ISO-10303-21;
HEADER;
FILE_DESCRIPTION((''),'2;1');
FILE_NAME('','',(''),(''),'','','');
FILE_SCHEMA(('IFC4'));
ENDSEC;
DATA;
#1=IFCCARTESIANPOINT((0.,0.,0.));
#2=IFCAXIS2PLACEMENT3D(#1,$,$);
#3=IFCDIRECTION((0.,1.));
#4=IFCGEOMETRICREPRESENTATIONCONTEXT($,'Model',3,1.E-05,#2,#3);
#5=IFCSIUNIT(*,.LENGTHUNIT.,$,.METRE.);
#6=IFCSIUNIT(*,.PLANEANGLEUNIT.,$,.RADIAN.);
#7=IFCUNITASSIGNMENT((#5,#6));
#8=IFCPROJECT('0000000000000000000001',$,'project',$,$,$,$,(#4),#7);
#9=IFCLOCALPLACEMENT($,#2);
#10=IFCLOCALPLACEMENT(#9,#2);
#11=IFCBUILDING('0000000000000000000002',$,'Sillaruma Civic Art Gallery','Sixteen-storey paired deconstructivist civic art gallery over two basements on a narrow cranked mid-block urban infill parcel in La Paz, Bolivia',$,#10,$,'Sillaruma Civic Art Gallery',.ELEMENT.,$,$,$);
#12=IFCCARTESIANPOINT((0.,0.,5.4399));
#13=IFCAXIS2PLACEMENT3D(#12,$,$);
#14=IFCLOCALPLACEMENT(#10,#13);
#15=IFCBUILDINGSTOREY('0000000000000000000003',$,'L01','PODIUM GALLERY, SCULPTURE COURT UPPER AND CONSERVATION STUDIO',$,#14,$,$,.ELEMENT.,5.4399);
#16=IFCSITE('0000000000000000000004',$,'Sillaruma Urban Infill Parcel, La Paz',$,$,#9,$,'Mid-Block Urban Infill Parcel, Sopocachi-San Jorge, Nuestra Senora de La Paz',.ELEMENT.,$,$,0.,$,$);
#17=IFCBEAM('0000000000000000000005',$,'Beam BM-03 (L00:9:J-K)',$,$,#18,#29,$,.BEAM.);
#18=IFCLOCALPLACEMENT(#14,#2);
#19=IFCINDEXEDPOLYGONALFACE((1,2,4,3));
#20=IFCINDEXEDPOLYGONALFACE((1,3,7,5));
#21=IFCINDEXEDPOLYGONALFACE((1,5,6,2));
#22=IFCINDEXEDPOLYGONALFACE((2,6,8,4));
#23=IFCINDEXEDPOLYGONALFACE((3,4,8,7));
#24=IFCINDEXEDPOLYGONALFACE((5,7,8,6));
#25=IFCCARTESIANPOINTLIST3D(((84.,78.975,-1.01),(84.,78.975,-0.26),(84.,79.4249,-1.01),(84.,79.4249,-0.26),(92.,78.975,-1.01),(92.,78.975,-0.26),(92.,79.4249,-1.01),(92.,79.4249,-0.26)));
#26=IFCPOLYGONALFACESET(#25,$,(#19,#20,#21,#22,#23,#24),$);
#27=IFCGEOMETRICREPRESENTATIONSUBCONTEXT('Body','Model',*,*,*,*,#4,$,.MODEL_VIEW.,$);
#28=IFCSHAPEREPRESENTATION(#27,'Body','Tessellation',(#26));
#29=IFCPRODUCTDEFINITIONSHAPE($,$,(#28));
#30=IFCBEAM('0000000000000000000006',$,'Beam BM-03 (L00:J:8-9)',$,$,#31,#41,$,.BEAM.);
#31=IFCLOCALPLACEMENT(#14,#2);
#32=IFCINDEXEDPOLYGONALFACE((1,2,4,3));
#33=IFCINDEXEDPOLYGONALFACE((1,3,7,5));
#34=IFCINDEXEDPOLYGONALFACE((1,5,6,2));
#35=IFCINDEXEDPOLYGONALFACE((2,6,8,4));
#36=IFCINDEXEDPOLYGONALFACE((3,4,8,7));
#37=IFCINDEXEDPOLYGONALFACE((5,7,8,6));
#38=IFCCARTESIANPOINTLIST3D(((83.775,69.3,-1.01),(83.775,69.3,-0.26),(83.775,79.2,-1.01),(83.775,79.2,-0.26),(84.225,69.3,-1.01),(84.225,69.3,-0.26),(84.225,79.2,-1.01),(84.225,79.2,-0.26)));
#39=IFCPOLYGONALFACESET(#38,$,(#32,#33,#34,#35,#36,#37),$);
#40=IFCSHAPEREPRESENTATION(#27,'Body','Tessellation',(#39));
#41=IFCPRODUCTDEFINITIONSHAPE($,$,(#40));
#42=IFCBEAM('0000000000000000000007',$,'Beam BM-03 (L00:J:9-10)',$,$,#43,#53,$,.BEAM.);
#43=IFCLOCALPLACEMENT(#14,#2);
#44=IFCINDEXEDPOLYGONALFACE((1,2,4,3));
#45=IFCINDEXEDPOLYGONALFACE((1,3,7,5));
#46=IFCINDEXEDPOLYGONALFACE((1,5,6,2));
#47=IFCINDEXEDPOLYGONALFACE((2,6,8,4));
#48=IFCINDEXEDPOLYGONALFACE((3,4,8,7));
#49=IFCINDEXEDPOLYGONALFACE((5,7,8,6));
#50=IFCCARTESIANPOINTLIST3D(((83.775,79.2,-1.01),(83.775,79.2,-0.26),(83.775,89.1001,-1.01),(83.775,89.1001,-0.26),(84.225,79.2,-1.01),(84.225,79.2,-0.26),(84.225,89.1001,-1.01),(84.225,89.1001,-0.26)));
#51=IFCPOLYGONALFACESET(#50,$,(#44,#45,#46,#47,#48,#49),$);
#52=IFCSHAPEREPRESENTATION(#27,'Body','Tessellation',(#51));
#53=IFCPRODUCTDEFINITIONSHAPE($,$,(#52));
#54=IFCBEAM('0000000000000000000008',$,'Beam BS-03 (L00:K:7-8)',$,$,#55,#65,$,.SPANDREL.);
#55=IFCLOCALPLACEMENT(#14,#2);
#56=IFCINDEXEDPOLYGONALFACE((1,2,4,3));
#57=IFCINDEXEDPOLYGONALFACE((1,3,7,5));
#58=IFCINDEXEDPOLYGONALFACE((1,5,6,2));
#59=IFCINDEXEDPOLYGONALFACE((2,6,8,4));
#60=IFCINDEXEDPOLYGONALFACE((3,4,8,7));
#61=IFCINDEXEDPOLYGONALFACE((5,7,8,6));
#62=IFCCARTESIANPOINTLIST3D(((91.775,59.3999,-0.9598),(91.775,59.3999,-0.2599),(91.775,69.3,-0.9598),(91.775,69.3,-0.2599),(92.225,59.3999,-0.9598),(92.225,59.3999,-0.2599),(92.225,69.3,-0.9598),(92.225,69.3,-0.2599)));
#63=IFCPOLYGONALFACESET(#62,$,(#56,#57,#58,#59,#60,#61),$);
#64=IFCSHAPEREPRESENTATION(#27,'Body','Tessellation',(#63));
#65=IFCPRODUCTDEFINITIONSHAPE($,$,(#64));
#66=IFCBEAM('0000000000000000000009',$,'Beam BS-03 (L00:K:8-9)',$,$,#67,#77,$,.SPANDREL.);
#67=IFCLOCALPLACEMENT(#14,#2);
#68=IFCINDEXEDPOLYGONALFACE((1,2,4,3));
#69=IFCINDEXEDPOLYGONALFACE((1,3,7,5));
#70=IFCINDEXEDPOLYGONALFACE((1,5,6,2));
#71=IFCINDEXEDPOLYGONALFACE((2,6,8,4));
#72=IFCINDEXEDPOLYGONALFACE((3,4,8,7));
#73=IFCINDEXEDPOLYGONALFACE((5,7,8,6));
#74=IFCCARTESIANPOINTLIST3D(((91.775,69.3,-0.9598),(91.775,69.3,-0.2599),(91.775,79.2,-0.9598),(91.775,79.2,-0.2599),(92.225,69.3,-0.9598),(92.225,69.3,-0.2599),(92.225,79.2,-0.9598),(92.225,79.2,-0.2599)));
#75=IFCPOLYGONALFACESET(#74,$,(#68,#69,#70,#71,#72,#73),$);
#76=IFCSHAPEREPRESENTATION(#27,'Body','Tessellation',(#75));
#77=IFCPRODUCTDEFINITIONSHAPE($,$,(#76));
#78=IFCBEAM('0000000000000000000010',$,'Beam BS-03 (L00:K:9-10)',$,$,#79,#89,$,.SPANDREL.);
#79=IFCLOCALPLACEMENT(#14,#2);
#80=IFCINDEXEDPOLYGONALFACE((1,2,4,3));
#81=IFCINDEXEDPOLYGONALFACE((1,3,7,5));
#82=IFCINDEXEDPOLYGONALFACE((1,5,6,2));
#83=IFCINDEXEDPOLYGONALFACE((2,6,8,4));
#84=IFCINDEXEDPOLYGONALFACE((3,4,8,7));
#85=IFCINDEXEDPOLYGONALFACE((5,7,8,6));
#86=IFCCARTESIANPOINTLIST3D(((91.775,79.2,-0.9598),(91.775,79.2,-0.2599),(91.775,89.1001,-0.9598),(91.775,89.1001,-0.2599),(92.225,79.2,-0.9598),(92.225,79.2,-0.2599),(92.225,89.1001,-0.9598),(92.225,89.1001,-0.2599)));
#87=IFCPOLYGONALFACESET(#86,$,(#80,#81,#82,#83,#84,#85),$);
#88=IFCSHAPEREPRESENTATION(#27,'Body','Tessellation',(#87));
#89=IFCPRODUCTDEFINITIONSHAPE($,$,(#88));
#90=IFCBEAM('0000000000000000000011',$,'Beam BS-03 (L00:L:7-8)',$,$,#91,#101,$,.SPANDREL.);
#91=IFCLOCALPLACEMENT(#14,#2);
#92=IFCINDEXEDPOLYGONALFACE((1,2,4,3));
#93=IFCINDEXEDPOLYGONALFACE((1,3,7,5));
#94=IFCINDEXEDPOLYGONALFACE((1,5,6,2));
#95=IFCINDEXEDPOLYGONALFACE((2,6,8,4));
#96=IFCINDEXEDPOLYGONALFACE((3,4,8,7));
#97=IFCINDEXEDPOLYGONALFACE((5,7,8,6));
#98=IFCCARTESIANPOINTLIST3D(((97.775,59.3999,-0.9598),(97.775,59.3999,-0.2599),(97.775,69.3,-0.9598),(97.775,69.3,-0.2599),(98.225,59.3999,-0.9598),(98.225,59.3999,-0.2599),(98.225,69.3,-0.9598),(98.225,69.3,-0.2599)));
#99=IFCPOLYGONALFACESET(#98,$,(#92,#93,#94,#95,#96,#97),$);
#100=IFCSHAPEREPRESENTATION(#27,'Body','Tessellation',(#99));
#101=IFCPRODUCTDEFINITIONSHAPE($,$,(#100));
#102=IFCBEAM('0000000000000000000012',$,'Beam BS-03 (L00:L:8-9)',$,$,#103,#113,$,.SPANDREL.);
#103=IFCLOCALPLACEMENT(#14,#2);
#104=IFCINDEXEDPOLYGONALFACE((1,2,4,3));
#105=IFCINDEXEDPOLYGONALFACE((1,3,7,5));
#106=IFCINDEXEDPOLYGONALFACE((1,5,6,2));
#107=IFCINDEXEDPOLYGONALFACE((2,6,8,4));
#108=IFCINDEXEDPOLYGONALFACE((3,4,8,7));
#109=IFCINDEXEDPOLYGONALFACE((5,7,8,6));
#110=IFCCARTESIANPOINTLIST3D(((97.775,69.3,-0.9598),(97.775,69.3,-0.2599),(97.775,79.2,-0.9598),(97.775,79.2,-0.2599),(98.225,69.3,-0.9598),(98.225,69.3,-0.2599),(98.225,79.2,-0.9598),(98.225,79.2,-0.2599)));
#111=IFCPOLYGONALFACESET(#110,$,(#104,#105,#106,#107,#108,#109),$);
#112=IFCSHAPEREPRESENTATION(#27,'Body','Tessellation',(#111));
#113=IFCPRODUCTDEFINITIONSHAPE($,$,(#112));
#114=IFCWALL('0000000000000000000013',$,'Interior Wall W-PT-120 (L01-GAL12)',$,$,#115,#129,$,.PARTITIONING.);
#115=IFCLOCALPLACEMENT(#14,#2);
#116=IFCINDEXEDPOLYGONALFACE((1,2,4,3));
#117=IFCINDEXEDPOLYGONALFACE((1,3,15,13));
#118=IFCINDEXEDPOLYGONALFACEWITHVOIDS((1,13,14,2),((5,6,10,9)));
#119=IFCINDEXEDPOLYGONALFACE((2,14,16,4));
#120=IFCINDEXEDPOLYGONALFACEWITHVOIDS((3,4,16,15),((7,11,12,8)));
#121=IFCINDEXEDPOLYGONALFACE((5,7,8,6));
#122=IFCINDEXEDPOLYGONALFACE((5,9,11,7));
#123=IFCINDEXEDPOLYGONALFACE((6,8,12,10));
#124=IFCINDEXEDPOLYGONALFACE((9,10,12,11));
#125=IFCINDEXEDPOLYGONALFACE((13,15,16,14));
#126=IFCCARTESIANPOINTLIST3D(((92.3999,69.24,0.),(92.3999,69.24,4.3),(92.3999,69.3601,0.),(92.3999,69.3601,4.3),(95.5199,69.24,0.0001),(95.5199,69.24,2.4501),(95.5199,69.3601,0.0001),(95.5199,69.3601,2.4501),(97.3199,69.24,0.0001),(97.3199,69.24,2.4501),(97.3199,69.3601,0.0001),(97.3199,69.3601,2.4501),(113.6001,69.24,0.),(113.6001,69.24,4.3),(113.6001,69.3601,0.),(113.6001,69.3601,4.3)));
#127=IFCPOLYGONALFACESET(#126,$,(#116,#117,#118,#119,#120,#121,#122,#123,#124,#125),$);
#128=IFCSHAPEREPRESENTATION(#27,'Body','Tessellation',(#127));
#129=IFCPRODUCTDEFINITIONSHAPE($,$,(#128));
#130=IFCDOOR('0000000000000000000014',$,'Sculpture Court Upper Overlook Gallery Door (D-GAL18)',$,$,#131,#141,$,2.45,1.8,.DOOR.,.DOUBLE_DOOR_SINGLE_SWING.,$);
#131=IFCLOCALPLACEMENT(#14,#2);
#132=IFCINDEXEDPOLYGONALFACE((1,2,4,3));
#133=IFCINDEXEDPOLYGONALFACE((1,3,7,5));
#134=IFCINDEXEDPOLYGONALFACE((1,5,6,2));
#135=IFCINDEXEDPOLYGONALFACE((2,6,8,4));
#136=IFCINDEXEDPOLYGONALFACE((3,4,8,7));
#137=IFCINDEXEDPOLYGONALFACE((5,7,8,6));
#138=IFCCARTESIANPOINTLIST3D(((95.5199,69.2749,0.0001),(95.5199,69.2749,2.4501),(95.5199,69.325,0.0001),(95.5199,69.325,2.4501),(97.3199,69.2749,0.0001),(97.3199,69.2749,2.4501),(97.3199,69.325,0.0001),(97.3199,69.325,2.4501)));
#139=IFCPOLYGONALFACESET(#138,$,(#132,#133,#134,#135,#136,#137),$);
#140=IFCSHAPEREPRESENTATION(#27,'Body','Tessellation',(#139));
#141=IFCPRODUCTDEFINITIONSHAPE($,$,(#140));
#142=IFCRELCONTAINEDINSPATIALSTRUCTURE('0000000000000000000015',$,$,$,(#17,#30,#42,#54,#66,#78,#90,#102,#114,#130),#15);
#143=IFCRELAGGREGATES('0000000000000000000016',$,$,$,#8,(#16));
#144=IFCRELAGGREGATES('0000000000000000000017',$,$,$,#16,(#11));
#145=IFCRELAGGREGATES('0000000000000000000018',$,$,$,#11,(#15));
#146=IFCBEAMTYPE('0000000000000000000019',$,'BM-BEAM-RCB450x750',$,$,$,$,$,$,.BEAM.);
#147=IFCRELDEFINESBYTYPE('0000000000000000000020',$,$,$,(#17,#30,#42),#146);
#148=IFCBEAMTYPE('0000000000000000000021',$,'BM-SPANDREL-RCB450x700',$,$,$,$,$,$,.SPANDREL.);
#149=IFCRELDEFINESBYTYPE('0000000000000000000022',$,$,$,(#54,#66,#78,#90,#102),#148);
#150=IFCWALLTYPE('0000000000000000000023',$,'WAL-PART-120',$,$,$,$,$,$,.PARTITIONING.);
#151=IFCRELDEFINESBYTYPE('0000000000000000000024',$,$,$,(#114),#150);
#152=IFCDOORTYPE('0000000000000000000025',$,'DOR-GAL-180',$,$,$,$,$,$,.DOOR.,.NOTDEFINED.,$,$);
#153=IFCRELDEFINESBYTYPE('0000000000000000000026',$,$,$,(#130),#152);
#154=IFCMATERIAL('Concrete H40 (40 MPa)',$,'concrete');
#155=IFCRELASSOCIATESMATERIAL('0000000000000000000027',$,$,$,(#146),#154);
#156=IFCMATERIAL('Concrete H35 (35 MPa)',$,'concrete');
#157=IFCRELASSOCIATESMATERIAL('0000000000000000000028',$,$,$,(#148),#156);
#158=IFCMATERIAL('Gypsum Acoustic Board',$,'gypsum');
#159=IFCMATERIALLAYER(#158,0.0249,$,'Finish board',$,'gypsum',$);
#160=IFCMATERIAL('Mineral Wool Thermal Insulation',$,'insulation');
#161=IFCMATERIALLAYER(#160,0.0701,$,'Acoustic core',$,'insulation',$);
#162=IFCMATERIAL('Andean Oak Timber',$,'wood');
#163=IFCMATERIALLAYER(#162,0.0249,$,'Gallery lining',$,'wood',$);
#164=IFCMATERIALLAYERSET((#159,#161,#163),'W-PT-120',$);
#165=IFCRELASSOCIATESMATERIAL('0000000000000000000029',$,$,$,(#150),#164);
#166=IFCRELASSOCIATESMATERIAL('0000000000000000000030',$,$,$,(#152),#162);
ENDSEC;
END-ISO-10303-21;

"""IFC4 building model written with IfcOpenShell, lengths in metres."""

from ifc_helpers import new_model, si_unit, direction, frame, frame_2d, origin, origin_2d, place, context, subcontext, project, spatial, rectangle, extrude, material, layer, layer_set, material_profile, profile_set, type_object, element, fill, save


model = new_model("IFC4")

# Units and contexts
model_context = context("Model", 3, precision=1e-05, world=origin(), true_north=direction((0.0, 1.0)))
body_context = subcontext(model_context, "Body", "Model", "MODEL_VIEW")
ifc_project = project(units=[si_unit("LENGTHUNIT", "METRE"), si_unit("PLANEANGLEUNIT", "RADIAN")], contexts=[model_context])

# Site, building, storey
site_placement = place(None, origin())
site = spatial("IfcSite", under=ifc_project, at=site_placement, Name="Sillaruma Urban Infill Parcel, La Paz", LongName="Mid-Block Urban Infill Parcel, Sopocachi-San Jorge, Nuestra Senora de La Paz", CompositionType="ELEMENT", RefElevation=0.0)
building_placement = place(site_placement, origin())
building = spatial("IfcBuilding", under=site, at=building_placement, Name="Sillaruma Civic Art Gallery", Description="Sixteen-storey paired deconstructivist civic art gallery over two basements on a narrow cranked mid-block urban infill parcel in La Paz, Bolivia", LongName="Sillaruma Civic Art Gallery", CompositionType="ELEMENT")
storey_placement = place(building_placement, frame((0.0, 0.0, 5.4399)))
storey = spatial("IfcBuildingStorey", under=building, at=storey_placement, Name="L01", Description="PODIUM GALLERY, SCULPTURE COURT UPPER AND CONSERVATION STUDIO", CompositionType="ELEMENT", Elevation=5.4399)

# Shared definitions
ifc_material_1 = material(Name="Concrete H40 (40 MPa)", Category="concrete")

# Beams
ifc_material_2 = material(Name="Concrete H35 (35 MPa)", Category="concrete")
ifc_material_profile_1 = material_profile(ifc_material_1, rectangle(XDim=0.45, YDim=0.75, at=origin_2d()), Name="RCB450x750")
ifc_profile_set_1 = profile_set([ifc_material_profile_1], Name="Concrete H40 (40 MPa)")
beam_type_1 = type_object("IfcBeamType", Name="BM-BEAM-RCB450x750", PredefinedType="BEAM", material=ifc_profile_set_1)
beam_1_placement = place(storey_placement, frame((84.0, 79.2, -0.635), z_axis=(1.0, 0.0, 0.0), x_axis=(0.0, 1.0, 0.0)))
element("IfcBeam", 1, at=beam_1_placement, inside=storey, type_object=beam_type_1, Name="Beam BM-03 (L00:9:J-K)", PredefinedType="BEAM", context=body_context, shape_type="SweptSolid", body=[
    extrude(rectangle(XDim=0.45, YDim=0.75, at=origin_2d()), origin(), (0.0, 0.0, 1.0), 8.0),
])
beam_2_placement = place(storey_placement, frame((84.0, 69.3, -0.635), z_axis=(0.0, 1.0, 0.0), x_axis=(-1.0, 0.0, 0.0)))
element("IfcBeam", 2, at=beam_2_placement, inside=storey, type_object=beam_type_1, Name="Beam BM-03 (L00:J:8-9)", PredefinedType="BEAM", context=body_context, shape_type="SweptSolid", body=[
    extrude(rectangle(XDim=0.45, YDim=0.75, at=origin_2d()), origin(), (0.0, 0.0, 1.0), 9.8999),
])
beam_3_placement = place(storey_placement, frame((84.0, 79.2, -0.635), z_axis=(0.0, 1.0, 0.0), x_axis=(-1.0, 0.0, 0.0)))
element("IfcBeam", 3, at=beam_3_placement, inside=storey, type_object=beam_type_1, Name="Beam BM-03 (L00:J:9-10)", PredefinedType="BEAM", context=body_context, shape_type="SweptSolid", body=[
    extrude(rectangle(XDim=0.45, YDim=0.75, at=origin_2d()), origin(), (0.0, 0.0, 1.0), 9.9001),
])
ifc_material_profile_2 = material_profile(ifc_material_2, rectangle(XDim=0.45, YDim=0.7, at=origin_2d()), Name="RCB450x700")
ifc_profile_set_2 = profile_set([ifc_material_profile_2], Name="Concrete H35 (35 MPa)")
beam_type_2 = type_object("IfcBeamType", Name="BM-SPANDREL-RCB450x700", PredefinedType="SPANDREL", material=ifc_profile_set_2)
beam_4_placement = place(storey_placement, frame((92.0, 59.3999, -0.6099), z_axis=(0.0, 1.0, 0.0), x_axis=(-1.0, 0.0, 0.0)))
element("IfcBeam", 4, at=beam_4_placement, inside=storey, type_object=beam_type_2, Name="Beam BS-03 (L00:K:7-8)", PredefinedType="SPANDREL", context=body_context, shape_type="SweptSolid", body=[
    extrude(rectangle(XDim=0.45, YDim=0.7, at=origin_2d()), origin(), (0.0, 0.0, 1.0), 9.9001),
])
beam_5_placement = place(storey_placement, frame((92.0, 69.3, -0.6099), z_axis=(0.0, 1.0, 0.0), x_axis=(-1.0, 0.0, 0.0)))
element("IfcBeam", 5, at=beam_5_placement, inside=storey, type_object=beam_type_2, Name="Beam BS-03 (L00:K:8-9)", PredefinedType="SPANDREL", context=body_context, shape_type="SweptSolid", body=[
    extrude(rectangle(XDim=0.45, YDim=0.7, at=origin_2d()), origin(), (0.0, 0.0, 1.0), 9.8999),
])
for number, where, z_axis, x_axis, name in (
    (6, (92.0, 79.2, -0.6099), (0.0, 1.0, 0.0), (-1.0, 0.0, 0.0), "Beam BS-03 (L00:K:9-10)"),
    (7, (98.0, 59.3999, -0.6099), (0.0, 1.0, 0.0), (-1.0, 0.0, 0.0), "Beam BS-03 (L00:L:7-8)"),
):
    element("IfcBeam", number, at=place(storey_placement, frame(where, z_axis=z_axis, x_axis=x_axis)), inside=storey, type_object=beam_type_2, Name=name, PredefinedType="SPANDREL", context=body_context, shape_type="SweptSolid", body=[
        extrude(rectangle(XDim=0.45, YDim=0.7, at=origin_2d()), origin(), (0.0, 0.0, 1.0), 9.9001),
    ])
beam_6_placement = place(storey_placement, frame((98.0, 69.3, -0.6099), z_axis=(0.0, 1.0, 0.0), x_axis=(-1.0, 0.0, 0.0)))
element("IfcBeam", 8, at=beam_6_placement, inside=storey, type_object=beam_type_2, Name="Beam BS-03 (L00:L:8-9)", PredefinedType="SPANDREL", context=body_context, shape_type="SweptSolid", body=[
    extrude(rectangle(XDim=0.45, YDim=0.7, at=origin_2d()), origin(), (0.0, 0.0, 1.0), 9.8999),
])

# Wall, opening, door
ifc_material_3 = material(Name="Gypsum Acoustic Board", Category="gypsum")
ifc_layer_1 = layer(ifc_material_3, 0.0249, Name="Finish board", Category="gypsum")
ifc_material_4 = material(Name="Mineral Wool Thermal Insulation", Category="insulation")
ifc_layer_2 = layer(ifc_material_4, 0.0701, Name="Acoustic core", Category="insulation")
ifc_material_5 = material(Name="Andean Oak Timber", Category="wood")
ifc_layer_3 = layer(ifc_material_5, 0.0249, Name="Gallery lining", Category="wood")
ifc_layer_set = layer_set([ifc_layer_1, ifc_layer_2, ifc_layer_3], Name="W-PT-120")
wall_type = type_object("IfcWallType", Name="WAL-PART-120", PredefinedType="PARTITIONING", material=ifc_layer_set)
wall_placement = place(storey_placement, frame((92.3999, 69.3, 0.0), z_axis=(0.0, 0.0, 1.0), x_axis=(1.0, 0.0, 0.0)))
wall = element("IfcWall", 9, at=wall_placement, inside=storey, type_object=wall_type, Name="Interior Wall W-PT-120 (L01-GAL12)", PredefinedType="PARTITIONING", context=body_context, shape_type="SweptSolid", body=[
    extrude(rectangle(XDim=21.2002, YDim=0.1201, at=frame_2d((10.6001, 0.0))), origin(), (0.0, 0.0, 1.0), 4.3),
])
opening_placement = place(wall_placement, frame((3.1201, 0.0, 0.0)))
opening = element("IfcOpeningElement", 10, at=opening_placement, cuts=wall, PredefinedType="OPENING", context=body_context, shape_type="SweptSolid", body=[
    extrude(rectangle(XDim=1.8, YDim=2.45, at=frame_2d((0.8999, 1.2251))), frame((0.0, 0.0701, 0.0), z_axis=(0.0, -1.0, 0.0), x_axis=(1.0, 0.0, 0.0)), (0.0, 0.0, 1.0), 0.1401),
])
door_type = type_object("IfcDoorType", Name="DOR-GAL-180", OperationType="NOTDEFINED", PredefinedType="DOOR", material=ifc_material_5)
door_placement = place(opening_placement, origin())
door = element("IfcDoor", 11, at=door_placement, inside=storey, type_object=door_type, Name="Sculpture Court Upper Overlook Gallery Door (D-GAL18)", OperationType="DOUBLE_DOOR_SINGLE_SWING", OverallHeight=2.45, OverallWidth=1.8, PredefinedType="DOOR", context=body_context, shape_type="SweptSolid", body=[
    extrude(rectangle(XDim=1.8, YDim=2.45, at=frame_2d((0.8999, 1.2251))), frame((0.0, 0.0249, 0.0), z_axis=(0.0, -1.0, 0.0), x_axis=(1.0, 0.0, 0.0)), (0.0, 0.0, 1.0), 0.05),
])
fill(opening, door)

save(model, "model.ifc")
